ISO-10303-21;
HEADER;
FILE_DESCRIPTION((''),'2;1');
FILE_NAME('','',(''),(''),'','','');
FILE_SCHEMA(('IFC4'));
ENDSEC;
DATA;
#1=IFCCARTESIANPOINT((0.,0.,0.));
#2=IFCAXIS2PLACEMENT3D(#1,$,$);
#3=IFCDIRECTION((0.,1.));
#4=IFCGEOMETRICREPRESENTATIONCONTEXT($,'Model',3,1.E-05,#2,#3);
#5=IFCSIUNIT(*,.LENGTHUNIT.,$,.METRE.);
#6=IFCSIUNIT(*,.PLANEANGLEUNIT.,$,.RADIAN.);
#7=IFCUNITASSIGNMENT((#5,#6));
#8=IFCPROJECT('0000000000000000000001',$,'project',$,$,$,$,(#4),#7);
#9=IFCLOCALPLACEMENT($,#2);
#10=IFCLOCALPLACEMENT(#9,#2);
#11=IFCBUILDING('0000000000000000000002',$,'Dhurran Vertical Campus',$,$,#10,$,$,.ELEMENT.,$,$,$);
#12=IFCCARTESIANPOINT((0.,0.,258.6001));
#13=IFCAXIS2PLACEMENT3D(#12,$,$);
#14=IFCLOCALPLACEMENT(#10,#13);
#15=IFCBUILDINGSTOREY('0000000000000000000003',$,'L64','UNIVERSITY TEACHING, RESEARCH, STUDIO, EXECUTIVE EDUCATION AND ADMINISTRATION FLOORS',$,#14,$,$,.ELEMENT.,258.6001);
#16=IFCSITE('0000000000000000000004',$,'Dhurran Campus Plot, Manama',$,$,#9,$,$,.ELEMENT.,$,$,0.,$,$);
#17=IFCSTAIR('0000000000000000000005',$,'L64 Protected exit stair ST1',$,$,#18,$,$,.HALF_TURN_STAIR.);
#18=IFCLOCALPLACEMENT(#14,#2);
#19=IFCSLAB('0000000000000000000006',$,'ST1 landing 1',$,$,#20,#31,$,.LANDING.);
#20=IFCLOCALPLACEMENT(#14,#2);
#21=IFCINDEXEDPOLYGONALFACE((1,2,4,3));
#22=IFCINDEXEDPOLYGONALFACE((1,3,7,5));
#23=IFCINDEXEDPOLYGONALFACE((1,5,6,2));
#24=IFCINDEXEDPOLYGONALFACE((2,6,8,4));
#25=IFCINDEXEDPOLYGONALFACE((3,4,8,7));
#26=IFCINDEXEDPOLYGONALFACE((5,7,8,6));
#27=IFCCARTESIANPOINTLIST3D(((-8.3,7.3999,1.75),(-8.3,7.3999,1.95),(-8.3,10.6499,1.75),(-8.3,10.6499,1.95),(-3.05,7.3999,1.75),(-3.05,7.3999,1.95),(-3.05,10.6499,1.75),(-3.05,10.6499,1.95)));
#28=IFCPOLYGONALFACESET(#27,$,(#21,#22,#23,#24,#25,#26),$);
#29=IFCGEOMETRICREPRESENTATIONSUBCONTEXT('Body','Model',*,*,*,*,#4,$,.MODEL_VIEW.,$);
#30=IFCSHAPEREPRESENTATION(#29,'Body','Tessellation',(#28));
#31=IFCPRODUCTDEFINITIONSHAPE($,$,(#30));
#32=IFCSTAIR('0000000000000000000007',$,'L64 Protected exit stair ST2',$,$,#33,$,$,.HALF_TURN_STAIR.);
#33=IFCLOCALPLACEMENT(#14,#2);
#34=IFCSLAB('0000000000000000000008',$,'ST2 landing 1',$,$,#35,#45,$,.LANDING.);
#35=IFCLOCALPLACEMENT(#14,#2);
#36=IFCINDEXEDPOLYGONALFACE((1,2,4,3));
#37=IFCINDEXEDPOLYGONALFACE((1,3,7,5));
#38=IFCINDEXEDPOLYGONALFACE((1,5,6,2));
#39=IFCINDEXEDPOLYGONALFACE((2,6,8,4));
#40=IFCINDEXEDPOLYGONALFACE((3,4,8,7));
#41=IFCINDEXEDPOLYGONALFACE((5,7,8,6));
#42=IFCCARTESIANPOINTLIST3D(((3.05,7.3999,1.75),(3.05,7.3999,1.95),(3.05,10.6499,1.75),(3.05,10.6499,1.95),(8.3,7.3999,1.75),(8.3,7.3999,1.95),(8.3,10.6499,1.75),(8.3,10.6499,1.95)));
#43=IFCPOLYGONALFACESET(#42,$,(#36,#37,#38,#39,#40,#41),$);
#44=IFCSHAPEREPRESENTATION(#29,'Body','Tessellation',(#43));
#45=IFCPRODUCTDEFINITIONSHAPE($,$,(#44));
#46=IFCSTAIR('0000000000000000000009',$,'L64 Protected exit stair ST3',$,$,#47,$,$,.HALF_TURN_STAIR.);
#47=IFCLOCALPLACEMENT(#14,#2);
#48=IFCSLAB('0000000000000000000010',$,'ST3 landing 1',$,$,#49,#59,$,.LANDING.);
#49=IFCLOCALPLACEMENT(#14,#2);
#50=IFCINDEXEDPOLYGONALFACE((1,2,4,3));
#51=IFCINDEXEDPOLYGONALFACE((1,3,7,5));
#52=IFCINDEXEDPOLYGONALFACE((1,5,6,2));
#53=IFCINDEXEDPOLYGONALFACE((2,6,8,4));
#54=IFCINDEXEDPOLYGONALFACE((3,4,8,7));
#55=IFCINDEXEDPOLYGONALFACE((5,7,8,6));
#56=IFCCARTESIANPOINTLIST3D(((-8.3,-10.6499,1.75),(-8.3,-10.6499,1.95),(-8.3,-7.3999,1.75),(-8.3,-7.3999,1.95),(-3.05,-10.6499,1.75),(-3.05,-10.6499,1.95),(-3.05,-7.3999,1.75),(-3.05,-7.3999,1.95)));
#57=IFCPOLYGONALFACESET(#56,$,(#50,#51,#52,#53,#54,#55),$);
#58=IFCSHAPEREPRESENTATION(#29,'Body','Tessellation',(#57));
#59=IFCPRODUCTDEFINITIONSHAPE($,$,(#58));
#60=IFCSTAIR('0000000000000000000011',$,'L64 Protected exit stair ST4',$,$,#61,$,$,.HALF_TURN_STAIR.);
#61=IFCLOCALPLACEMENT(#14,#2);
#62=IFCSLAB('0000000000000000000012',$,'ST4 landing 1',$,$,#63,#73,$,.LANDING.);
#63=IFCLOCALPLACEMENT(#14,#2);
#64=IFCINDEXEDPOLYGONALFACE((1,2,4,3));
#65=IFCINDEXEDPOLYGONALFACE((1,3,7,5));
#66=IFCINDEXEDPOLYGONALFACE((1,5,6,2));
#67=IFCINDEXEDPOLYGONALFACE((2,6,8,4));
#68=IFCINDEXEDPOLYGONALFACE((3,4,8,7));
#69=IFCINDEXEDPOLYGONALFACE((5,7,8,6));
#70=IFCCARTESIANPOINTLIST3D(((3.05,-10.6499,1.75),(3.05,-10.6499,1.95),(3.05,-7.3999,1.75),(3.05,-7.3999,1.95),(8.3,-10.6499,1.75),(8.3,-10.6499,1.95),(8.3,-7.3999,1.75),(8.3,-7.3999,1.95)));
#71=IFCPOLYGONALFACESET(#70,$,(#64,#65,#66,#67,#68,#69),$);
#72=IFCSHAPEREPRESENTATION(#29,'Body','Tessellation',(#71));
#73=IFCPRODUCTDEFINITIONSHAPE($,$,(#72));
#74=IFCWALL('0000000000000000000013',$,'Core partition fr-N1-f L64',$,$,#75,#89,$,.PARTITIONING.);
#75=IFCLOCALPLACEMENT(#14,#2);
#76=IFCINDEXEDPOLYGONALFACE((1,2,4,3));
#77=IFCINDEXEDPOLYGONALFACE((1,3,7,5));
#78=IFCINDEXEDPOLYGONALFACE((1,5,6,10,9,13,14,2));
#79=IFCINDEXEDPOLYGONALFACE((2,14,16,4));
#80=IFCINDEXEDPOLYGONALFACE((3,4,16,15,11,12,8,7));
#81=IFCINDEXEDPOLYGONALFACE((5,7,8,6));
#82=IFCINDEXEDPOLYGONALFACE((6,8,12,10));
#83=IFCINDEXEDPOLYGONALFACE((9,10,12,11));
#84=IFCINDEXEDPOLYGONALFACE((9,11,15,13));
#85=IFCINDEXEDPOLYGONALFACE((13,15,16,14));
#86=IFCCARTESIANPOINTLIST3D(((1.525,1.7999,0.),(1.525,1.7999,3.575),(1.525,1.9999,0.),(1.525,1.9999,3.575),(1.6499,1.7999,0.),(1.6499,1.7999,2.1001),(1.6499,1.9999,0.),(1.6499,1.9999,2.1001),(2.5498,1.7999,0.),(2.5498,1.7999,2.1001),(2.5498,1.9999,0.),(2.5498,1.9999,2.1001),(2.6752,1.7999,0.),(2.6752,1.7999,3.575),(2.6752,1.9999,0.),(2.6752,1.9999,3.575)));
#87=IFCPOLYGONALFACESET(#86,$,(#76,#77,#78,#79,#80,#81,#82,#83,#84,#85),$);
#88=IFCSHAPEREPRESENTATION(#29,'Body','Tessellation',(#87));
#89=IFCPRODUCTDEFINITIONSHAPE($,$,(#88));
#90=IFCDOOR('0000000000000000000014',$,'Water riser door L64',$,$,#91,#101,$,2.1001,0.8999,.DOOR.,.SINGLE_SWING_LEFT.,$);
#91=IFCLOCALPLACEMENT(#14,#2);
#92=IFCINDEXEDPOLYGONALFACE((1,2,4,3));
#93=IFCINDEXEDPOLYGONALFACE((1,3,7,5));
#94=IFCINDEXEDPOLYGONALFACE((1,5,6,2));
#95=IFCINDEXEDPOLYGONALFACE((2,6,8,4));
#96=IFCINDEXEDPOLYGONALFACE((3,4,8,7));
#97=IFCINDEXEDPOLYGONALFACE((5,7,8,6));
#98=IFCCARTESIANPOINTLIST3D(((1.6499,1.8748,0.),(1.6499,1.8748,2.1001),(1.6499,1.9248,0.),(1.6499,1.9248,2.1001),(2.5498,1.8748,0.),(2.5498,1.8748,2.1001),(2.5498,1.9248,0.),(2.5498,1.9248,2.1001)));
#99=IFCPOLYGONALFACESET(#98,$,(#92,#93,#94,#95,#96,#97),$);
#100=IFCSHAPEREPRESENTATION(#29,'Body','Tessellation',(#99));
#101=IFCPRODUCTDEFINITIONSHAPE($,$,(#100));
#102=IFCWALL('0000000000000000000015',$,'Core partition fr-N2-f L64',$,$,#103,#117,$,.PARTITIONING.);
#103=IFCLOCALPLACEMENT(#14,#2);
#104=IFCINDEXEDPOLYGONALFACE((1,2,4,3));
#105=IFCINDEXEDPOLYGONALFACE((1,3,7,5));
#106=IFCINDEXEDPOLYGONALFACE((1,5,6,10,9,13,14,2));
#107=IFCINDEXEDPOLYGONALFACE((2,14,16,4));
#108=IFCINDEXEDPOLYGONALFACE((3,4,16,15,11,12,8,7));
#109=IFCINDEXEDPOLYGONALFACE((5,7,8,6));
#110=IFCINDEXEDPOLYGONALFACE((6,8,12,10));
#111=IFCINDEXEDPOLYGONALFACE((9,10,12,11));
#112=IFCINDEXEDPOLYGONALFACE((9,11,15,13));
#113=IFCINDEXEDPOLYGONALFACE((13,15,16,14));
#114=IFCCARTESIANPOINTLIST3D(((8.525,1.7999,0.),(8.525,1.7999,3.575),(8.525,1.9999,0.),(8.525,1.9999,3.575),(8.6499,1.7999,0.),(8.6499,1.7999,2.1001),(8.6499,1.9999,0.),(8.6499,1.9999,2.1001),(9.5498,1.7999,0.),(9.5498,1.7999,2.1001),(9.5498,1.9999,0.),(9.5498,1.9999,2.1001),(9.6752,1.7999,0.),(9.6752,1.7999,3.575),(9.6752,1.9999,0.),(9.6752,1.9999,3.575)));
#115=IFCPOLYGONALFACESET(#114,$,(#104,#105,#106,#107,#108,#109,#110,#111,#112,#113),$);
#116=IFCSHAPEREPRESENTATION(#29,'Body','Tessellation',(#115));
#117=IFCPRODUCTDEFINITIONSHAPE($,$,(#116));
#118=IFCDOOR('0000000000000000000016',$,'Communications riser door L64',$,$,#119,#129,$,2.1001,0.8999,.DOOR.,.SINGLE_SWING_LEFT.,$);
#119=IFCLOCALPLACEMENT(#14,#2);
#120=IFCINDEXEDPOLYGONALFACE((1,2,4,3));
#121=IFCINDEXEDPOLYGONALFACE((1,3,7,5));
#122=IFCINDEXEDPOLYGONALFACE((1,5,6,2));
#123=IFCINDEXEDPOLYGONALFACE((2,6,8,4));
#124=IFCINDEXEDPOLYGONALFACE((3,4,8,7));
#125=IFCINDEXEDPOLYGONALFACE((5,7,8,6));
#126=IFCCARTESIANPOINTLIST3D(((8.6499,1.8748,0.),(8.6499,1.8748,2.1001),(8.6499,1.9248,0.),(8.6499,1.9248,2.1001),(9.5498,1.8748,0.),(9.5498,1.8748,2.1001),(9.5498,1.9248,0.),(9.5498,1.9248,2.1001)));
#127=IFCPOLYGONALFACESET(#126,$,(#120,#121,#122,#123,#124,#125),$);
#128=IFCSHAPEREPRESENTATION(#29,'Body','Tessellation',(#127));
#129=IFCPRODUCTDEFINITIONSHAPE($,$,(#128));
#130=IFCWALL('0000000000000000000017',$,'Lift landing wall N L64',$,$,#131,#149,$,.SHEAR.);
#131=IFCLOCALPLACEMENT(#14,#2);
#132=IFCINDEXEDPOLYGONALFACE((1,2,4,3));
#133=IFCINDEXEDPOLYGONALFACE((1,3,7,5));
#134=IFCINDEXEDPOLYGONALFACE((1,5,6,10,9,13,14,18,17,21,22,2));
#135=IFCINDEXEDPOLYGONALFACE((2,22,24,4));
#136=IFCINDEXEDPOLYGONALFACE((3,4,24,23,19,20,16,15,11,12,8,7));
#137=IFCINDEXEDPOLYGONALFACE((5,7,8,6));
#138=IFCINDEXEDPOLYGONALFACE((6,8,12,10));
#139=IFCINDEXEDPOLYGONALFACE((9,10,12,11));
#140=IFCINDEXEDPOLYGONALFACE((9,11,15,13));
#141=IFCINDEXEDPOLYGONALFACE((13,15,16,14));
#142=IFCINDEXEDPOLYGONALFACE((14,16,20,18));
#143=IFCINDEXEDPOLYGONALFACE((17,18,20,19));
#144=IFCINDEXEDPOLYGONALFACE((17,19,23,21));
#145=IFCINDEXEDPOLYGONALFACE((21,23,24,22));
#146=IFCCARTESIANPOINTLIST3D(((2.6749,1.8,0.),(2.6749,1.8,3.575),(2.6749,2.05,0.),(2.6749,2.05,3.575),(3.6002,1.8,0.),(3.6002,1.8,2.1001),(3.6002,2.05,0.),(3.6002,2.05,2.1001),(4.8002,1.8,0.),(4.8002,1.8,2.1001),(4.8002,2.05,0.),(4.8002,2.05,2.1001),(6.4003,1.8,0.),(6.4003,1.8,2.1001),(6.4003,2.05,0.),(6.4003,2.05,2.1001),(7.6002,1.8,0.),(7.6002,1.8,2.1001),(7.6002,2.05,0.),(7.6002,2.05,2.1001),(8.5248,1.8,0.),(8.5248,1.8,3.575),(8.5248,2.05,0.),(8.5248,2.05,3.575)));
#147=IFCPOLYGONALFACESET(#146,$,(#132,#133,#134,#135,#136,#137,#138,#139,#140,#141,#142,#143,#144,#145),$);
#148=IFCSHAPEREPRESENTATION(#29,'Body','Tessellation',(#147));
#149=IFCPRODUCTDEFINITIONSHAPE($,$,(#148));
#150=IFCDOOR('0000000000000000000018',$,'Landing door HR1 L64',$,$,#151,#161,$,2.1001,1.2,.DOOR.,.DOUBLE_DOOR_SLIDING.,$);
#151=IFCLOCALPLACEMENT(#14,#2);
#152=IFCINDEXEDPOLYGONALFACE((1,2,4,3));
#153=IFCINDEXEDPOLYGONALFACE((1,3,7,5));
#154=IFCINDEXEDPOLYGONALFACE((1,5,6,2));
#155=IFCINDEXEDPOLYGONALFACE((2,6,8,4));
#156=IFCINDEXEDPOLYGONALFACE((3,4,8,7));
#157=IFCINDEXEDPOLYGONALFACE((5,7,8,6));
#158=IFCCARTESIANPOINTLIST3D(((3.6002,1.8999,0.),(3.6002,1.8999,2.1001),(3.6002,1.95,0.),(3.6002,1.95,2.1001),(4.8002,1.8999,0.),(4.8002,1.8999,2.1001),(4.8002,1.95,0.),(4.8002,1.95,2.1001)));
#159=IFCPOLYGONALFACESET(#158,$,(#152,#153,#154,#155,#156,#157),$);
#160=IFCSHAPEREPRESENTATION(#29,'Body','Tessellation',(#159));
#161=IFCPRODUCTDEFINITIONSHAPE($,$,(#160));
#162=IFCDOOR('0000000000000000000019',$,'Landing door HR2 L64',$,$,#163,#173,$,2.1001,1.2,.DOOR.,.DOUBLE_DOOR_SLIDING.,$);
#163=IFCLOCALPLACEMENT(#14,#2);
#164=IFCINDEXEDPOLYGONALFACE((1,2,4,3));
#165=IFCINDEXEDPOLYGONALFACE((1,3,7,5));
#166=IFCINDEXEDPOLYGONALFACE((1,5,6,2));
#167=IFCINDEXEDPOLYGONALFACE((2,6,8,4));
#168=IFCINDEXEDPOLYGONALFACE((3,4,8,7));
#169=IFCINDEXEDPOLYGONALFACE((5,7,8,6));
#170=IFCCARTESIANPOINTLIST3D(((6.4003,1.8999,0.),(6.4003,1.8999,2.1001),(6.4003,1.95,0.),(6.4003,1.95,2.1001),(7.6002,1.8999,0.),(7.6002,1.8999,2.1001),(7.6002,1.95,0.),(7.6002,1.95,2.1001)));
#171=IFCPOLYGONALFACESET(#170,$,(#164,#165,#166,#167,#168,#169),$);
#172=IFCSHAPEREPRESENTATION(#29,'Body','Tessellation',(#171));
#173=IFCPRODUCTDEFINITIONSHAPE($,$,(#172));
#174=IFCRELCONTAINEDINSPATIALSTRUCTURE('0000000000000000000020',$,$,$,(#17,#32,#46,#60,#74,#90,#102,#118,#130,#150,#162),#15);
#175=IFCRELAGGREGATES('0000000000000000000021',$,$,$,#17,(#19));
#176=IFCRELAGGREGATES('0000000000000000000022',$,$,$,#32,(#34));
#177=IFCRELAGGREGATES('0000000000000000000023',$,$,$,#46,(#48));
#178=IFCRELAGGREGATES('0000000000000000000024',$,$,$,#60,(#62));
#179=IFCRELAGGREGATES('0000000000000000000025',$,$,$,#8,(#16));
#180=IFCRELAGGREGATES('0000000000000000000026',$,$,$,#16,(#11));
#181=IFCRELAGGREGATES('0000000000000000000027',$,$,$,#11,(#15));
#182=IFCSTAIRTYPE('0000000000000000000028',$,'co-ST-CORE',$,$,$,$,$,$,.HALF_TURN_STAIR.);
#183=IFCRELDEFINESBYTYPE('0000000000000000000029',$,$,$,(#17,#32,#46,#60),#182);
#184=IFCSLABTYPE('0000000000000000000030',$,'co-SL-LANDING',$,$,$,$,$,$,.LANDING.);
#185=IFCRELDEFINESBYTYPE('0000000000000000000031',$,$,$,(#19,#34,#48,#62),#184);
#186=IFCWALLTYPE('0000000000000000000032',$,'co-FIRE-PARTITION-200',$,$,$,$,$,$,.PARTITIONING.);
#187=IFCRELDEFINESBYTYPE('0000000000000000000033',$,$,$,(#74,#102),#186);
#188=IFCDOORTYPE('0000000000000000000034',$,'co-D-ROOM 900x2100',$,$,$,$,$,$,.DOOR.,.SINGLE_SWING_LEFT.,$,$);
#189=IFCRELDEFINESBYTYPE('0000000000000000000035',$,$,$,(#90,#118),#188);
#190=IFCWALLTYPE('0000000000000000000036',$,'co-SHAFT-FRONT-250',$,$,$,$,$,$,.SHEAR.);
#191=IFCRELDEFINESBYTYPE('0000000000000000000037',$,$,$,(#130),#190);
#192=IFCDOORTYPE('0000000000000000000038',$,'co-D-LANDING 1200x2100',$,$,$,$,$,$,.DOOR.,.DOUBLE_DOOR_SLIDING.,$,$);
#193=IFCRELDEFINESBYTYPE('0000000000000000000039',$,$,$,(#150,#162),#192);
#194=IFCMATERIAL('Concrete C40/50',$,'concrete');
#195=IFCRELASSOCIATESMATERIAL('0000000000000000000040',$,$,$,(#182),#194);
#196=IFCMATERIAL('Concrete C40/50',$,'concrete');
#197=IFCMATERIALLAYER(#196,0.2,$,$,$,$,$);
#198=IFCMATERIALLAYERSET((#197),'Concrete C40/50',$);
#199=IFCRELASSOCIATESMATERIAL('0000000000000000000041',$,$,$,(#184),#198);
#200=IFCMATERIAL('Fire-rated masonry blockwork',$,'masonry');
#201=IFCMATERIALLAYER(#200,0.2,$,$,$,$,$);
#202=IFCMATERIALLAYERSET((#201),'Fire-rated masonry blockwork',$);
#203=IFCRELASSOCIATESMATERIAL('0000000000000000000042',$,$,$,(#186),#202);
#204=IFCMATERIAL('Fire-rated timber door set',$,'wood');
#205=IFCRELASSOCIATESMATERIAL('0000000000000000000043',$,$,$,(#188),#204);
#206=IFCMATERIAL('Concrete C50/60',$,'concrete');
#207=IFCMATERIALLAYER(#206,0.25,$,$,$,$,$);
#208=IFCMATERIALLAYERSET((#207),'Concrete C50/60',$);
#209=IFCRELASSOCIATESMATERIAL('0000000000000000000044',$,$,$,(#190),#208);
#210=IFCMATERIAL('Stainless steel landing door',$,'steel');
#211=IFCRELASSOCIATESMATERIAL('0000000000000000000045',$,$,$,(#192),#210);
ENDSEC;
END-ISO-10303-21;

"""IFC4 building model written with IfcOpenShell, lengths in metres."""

from ifc_helpers import new_model, si_unit, direction, frame, frame_2d, origin, place, context, subcontext, project, spatial, polyline, rectangle, outline, extrude, material, layer, layer_set, type_object, element, fill, aggregate, save


model = new_model("IFC4")

# Units and contexts
model_context = context("Model", 3, precision=1e-05, world=origin(), true_north=direction((0.0, 1.0)))
body_context = subcontext(model_context, "Body", "Model", "MODEL_VIEW")
ifc_project = project(units=[si_unit("LENGTHUNIT", "METRE"), si_unit("PLANEANGLEUNIT", "RADIAN")], contexts=[model_context])

# Site, building, storey
site_placement = place(None, origin())
site = spatial("IfcSite", under=ifc_project, at=site_placement, Name="Dhurran Campus Plot, Manama", CompositionType="ELEMENT", RefElevation=0.0)
building_placement = place(site_placement, origin())
building = spatial("IfcBuilding", under=site, at=building_placement, Name="Dhurran Vertical Campus", CompositionType="ELEMENT")
storey_placement = place(building_placement, frame((0.0, 0.0, 258.6001)))
storey = spatial("IfcBuildingStorey", under=building, at=storey_placement, Name="L64", Description="UNIVERSITY TEACHING, RESEARCH, STUDIO, EXECUTIVE EDUCATION AND ADMINISTRATION FLOORS", CompositionType="ELEMENT", Elevation=258.6001)

# Stairs, slabs
ifc_material_1 = material(Name="Concrete C40/50", Category="concrete")
stair_type = type_object("IfcStairType", Name="co-ST-CORE", PredefinedType="HALF_TURN_STAIR", material=ifc_material_1)
stair_1_placement = place(storey_placement, origin())
stair_1 = element("IfcStair", 1, at=stair_1_placement, inside=storey, type_object=stair_type, Name="L64 Protected exit stair ST1", PredefinedType="HALF_TURN_STAIR")
ifc_material_2 = material(Name="Concrete C40/50", Category="concrete")
ifc_layer_1 = layer(ifc_material_2, 0.2)
ifc_layer_set_1 = layer_set([ifc_layer_1], Name="Concrete C40/50")
slab_type = type_object("IfcSlabType", Name="co-SL-LANDING", PredefinedType="LANDING", material=ifc_layer_set_1)
slab_1_placement = place(storey_placement, frame((0.0, 0.0, 1.75)))
slab_1 = element("IfcSlab", 2, at=slab_1_placement, type_object=slab_type, Name="ST1 landing 1", PredefinedType="LANDING", context=body_context, shape_type="SweptSolid", body=[
    extrude(outline(polyline([(-8.3, 7.3999), (-3.05, 7.3999), (-3.05, 10.6499), (-8.3, 10.6499), (-8.3, 7.3999)])), origin(), (0.0, 0.0, 1.0), 0.2),
])
aggregate(stair_1, [slab_1])
stair_2_placement = place(storey_placement, origin())
stair_2 = element("IfcStair", 3, at=stair_2_placement, inside=storey, type_object=stair_type, Name="L64 Protected exit stair ST2", PredefinedType="HALF_TURN_STAIR")
slab_2_placement = place(storey_placement, frame((0.0, 0.0, 1.75)))
slab_2 = element("IfcSlab", 4, at=slab_2_placement, type_object=slab_type, Name="ST2 landing 1", PredefinedType="LANDING", context=body_context, shape_type="SweptSolid", body=[
    extrude(outline(polyline([(8.3, 10.6499), (3.05, 10.6499), (3.05, 7.3999), (8.3, 7.3999), (8.3, 10.6499)])), origin(), (0.0, 0.0, 1.0), 0.2),
])
aggregate(stair_2, [slab_2])
stair_3_placement = place(storey_placement, origin())
stair_3 = element("IfcStair", 5, at=stair_3_placement, inside=storey, type_object=stair_type, Name="L64 Protected exit stair ST3", PredefinedType="HALF_TURN_STAIR")
slab_3_placement = place(storey_placement, frame((0.0, 0.0, 1.75)))
slab_3 = element("IfcSlab", 6, at=slab_3_placement, type_object=slab_type, Name="ST3 landing 1", PredefinedType="LANDING", context=body_context, shape_type="SweptSolid", body=[
    extrude(outline(polyline([(-8.3, -10.6499), (-3.05, -10.6499), (-3.05, -7.3999), (-8.3, -7.3999), (-8.3, -10.6499)])), origin(), (0.0, 0.0, 1.0), 0.2),
])
aggregate(stair_3, [slab_3])
stair_4_placement = place(storey_placement, origin())
stair_4 = element("IfcStair", 7, at=stair_4_placement, inside=storey, type_object=stair_type, Name="L64 Protected exit stair ST4", PredefinedType="HALF_TURN_STAIR")
slab_4_placement = place(storey_placement, frame((0.0, 0.0, 1.75)))
slab_4 = element("IfcSlab", 8, at=slab_4_placement, type_object=slab_type, Name="ST4 landing 1", PredefinedType="LANDING", context=body_context, shape_type="SweptSolid", body=[
    extrude(outline(polyline([(8.3, -7.3999), (3.05, -7.3999), (3.05, -10.6499), (8.3, -10.6499), (8.3, -7.3999)])), origin(), (0.0, 0.0, 1.0), 0.2),
])
aggregate(stair_4, [slab_4])

# Walls, openings, doors
ifc_material_3 = material(Name="Fire-rated masonry blockwork", Category="masonry")
ifc_layer_2 = layer(ifc_material_3, 0.2)
ifc_layer_set_2 = layer_set([ifc_layer_2], Name="Fire-rated masonry blockwork")
wall_type_1 = type_object("IfcWallType", Name="co-FIRE-PARTITION-200", PredefinedType="PARTITIONING", material=ifc_layer_set_2)
wall_1_placement = place(storey_placement, frame((1.5249, 1.8999, 0.0), z_axis=(0.0, 0.0, 1.0), x_axis=(1.0, 0.0, 0.0)))
wall_1 = element("IfcWall", 9, at=wall_1_placement, inside=storey, type_object=wall_type_1, Name="Core partition fr-N1-f L64", PredefinedType="PARTITIONING", context=body_context, shape_type="SweptSolid", body=[
    extrude(rectangle(XDim=1.1501, YDim=0.2, at=frame_2d((0.5752, 0.0))), origin(), (0.0, 0.0, 1.0), 3.575),
])
opening_1_placement = place(wall_1_placement, frame((0.125, 0.0, 0.0)))
opening_1 = element("IfcOpeningElement", 10, at=opening_1_placement, cuts=wall_1, PredefinedType="OPENING", context=body_context, shape_type="SweptSolid", body=[
    extrude(rectangle(XDim=0.8999, YDim=2.1001, at=frame_2d((0.45, 1.05))), frame((0.0, 0.1099, 0.0), z_axis=(0.0, -1.0, 0.0), x_axis=(1.0, 0.0, 0.0)), (0.0, 0.0, 1.0), 0.22),
])
ifc_material_4 = material(Name="Fire-rated timber door set", Category="wood")
door_type_1 = type_object("IfcDoorType", Name="co-D-ROOM 900x2100", OperationType="SINGLE_SWING_LEFT", PredefinedType="DOOR", material=ifc_material_4)
door_1_placement = place(opening_1_placement, origin())
door_1 = element("IfcDoor", 11, at=door_1_placement, inside=storey, type_object=door_type_1, Name="Water riser door L64", OperationType="SINGLE_SWING_LEFT", OverallHeight=2.1001, OverallWidth=0.8999, PredefinedType="DOOR", context=body_context, shape_type="SweptSolid", body=[
    extrude(rectangle(XDim=0.8999, YDim=2.1001, at=frame_2d((0.45, 1.05))), frame((0.0, 0.0249, 0.0), z_axis=(0.0, -1.0, 0.0), x_axis=(1.0, 0.0, 0.0)), (0.0, 0.0, 1.0), 0.05),
])
fill(opening_1, door_1)
wall_2_placement = place(storey_placement, frame((8.5249, 1.8999, 0.0), z_axis=(0.0, 0.0, 1.0), x_axis=(1.0, 0.0, 0.0)))
wall_2 = element("IfcWall", 12, at=wall_2_placement, inside=storey, type_object=wall_type_1, Name="Core partition fr-N2-f L64", PredefinedType="PARTITIONING", context=body_context, shape_type="SweptSolid", body=[
    extrude(rectangle(XDim=1.1501, YDim=0.2, at=frame_2d((0.5752, 0.0))), origin(), (0.0, 0.0, 1.0), 3.575),
])
opening_2_placement = place(wall_2_placement, frame((0.125, 0.0, 0.0)))
opening_2 = element("IfcOpeningElement", 13, at=opening_2_placement, cuts=wall_2, PredefinedType="OPENING", context=body_context, shape_type="SweptSolid", body=[
    extrude(rectangle(XDim=0.8999, YDim=2.1001, at=frame_2d((0.45, 1.05))), frame((0.0, 0.1099, 0.0), z_axis=(0.0, -1.0, 0.0), x_axis=(1.0, 0.0, 0.0)), (0.0, 0.0, 1.0), 0.22),
])
door_2_placement = place(opening_2_placement, origin())
door_2 = element("IfcDoor", 14, at=door_2_placement, inside=storey, type_object=door_type_1, Name="Communications riser door L64", OperationType="SINGLE_SWING_LEFT", OverallHeight=2.1001, OverallWidth=0.8999, PredefinedType="DOOR", context=body_context, shape_type="SweptSolid", body=[
    extrude(rectangle(XDim=0.8999, YDim=2.1001, at=frame_2d((0.45, 1.05))), frame((0.0, 0.0249, 0.0), z_axis=(0.0, -1.0, 0.0), x_axis=(1.0, 0.0, 0.0)), (0.0, 0.0, 1.0), 0.05),
])
fill(opening_2, door_2)

# Wall, openings, doors
ifc_material_5 = material(Name="Concrete C50/60", Category="concrete")
ifc_layer_3 = layer(ifc_material_5, 0.25)
ifc_layer_set_3 = layer_set([ifc_layer_3], Name="Concrete C50/60")
wall_type_2 = type_object("IfcWallType", Name="co-SHAFT-FRONT-250", PredefinedType="SHEAR", material=ifc_layer_set_3)
wall_3_placement = place(storey_placement, frame((2.675, 1.925, 0.0), z_axis=(0.0, 0.0, 1.0), x_axis=(1.0, 0.0, 0.0)))
wall_3 = element("IfcWall", 15, at=wall_3_placement, inside=storey, type_object=wall_type_2, Name="Lift landing wall N L64", PredefinedType="SHEAR", context=body_context, shape_type="SweptSolid", body=[
    extrude(rectangle(XDim=5.8499, YDim=0.25, at=frame_2d((2.9248, 0.0))), origin(), (0.0, 0.0, 1.0), 3.575),
])
opening_3_placement = place(wall_3_placement, frame((0.925, 0.0, 0.0)))
opening_3 = element("IfcOpeningElement", 16, at=opening_3_placement, cuts=wall_3, PredefinedType="OPENING", context=body_context, shape_type="SweptSolid", body=[
    extrude(rectangle(XDim=1.2, YDim=2.1001, at=frame_2d((0.6001, 1.05))), frame((0.0, 0.135, 0.0), z_axis=(0.0, -1.0, 0.0), x_axis=(1.0, 0.0, 0.0)), (0.0, 0.0, 1.0), 0.27),
])
opening_4_placement = place(wall_3_placement, frame((3.7251, 0.0, 0.0)))
opening_4 = element("IfcOpeningElement", 17, at=opening_4_placement, cuts=wall_3, PredefinedType="OPENING", context=body_context, shape_type="SweptSolid", body=[
    extrude(rectangle(XDim=1.2, YDim=2.1001, at=frame_2d((0.6001, 1.05))), frame((0.0, 0.135, 0.0), z_axis=(0.0, -1.0, 0.0), x_axis=(1.0, 0.0, 0.0)), (0.0, 0.0, 1.0), 0.27),
])
ifc_material_6 = material(Name="Stainless steel landing door", Category="steel")
door_type_2 = type_object("IfcDoorType", Name="co-D-LANDING 1200x2100", OperationType="DOUBLE_DOOR_SLIDING", PredefinedType="DOOR", material=ifc_material_6)
door_3_placement = place(opening_3_placement, origin())
door_3 = element("IfcDoor", 18, at=door_3_placement, inside=storey, type_object=door_type_2, Name="Landing door HR1 L64", OperationType="DOUBLE_DOOR_SLIDING", OverallHeight=2.1001, OverallWidth=1.2, PredefinedType="DOOR", context=body_context, shape_type="SweptSolid", body=[
    extrude(rectangle(XDim=1.2, YDim=2.1001, at=frame_2d((0.6001, 1.05))), frame((0.0, 0.0249, 0.0), z_axis=(0.0, -1.0, 0.0), x_axis=(1.0, 0.0, 0.0)), (0.0, 0.0, 1.0), 0.05),
])
fill(opening_3, door_3)
door_4_placement = place(opening_4_placement, origin())
door_4 = element("IfcDoor", 19, at=door_4_placement, inside=storey, type_object=door_type_2, Name="Landing door HR2 L64", OperationType="DOUBLE_DOOR_SLIDING", OverallHeight=2.1001, OverallWidth=1.2, PredefinedType="DOOR", context=body_context, shape_type="SweptSolid", body=[
    extrude(rectangle(XDim=1.2, YDim=2.1001, at=frame_2d((0.6001, 1.05))), frame((0.0, 0.0249, 0.0), z_axis=(0.0, -1.0, 0.0), x_axis=(1.0, 0.0, 0.0)), (0.0, 0.0, 1.0), 0.05),
])
fill(opening_4, door_4)

save(model, "model.ifc")
